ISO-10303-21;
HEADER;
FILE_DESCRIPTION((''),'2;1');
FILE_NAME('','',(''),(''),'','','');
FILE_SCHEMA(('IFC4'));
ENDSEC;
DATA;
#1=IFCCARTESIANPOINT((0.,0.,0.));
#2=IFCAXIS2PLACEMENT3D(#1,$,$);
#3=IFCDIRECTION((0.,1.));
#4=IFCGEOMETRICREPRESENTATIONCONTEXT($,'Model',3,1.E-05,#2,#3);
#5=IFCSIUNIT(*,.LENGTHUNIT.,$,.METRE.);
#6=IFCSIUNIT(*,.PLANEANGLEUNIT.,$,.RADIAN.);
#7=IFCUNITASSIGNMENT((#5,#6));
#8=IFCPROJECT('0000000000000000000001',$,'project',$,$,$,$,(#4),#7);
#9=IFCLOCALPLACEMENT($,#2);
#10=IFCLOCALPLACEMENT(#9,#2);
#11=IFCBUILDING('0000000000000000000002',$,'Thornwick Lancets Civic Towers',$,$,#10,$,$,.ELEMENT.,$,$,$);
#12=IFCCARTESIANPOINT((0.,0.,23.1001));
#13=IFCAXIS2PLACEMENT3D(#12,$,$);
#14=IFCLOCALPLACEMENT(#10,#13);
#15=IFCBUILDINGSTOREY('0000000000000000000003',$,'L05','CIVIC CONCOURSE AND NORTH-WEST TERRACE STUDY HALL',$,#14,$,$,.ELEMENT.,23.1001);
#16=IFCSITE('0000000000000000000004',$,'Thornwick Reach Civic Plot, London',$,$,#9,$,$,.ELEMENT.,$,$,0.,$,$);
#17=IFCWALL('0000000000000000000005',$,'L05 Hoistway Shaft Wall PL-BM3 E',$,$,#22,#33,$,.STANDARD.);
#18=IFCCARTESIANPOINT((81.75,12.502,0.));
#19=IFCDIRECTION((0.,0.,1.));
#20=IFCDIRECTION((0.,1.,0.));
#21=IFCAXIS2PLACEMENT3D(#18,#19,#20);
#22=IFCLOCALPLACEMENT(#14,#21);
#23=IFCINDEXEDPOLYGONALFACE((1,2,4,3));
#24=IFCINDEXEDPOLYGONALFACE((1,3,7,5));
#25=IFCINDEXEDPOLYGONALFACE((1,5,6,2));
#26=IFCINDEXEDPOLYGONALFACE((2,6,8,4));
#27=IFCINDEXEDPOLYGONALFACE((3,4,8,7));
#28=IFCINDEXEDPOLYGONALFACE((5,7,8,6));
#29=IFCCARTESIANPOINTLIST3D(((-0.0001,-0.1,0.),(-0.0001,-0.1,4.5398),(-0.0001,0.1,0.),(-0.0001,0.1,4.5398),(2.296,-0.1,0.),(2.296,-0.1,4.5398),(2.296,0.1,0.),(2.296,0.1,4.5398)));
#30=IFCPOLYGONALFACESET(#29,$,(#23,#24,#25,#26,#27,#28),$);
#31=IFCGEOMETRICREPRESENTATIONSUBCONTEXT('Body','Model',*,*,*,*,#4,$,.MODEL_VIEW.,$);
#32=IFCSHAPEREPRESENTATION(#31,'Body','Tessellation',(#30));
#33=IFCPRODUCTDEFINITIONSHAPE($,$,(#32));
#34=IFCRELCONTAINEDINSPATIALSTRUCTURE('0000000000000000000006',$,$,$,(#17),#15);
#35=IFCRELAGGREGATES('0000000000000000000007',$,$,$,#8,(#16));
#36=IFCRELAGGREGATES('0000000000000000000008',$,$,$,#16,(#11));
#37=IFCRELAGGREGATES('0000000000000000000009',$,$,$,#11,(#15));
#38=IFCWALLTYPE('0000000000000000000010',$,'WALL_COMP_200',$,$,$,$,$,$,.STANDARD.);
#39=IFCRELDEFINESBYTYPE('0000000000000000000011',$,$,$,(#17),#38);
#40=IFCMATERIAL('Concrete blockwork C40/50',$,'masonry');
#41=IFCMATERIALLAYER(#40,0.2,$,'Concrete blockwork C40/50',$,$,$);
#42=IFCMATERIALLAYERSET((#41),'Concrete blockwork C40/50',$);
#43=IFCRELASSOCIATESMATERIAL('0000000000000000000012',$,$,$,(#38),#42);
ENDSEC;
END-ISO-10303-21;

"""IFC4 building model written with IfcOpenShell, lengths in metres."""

from ifc_helpers import new_model, si_unit, direction, frame, frame_2d, origin, place, context, subcontext, project, spatial, rectangle, extrude, material, layer, layer_set, type_object, element, save


model = new_model("IFC4")

# Units and contexts
model_context = context("Model", 3, precision=1e-05, world=origin(), true_north=direction((0.0, 1.0)))
body_context = subcontext(model_context, "Body", "Model", "MODEL_VIEW")
ifc_project = project(units=[si_unit("LENGTHUNIT", "METRE"), si_unit("PLANEANGLEUNIT", "RADIAN")], contexts=[model_context])

# Site, building, storey
site_placement = place(None, origin())
site = spatial("IfcSite", under=ifc_project, at=site_placement, Name="Thornwick Reach Civic Plot, London", CompositionType="ELEMENT", RefElevation=0.0)
building_placement = place(site_placement, origin())
building = spatial("IfcBuilding", under=site, at=building_placement, Name="Thornwick Lancets Civic Towers", CompositionType="ELEMENT")
storey_placement = place(building_placement, frame((0.0, 0.0, 23.1001)))
storey = spatial("IfcBuildingStorey", under=building, at=storey_placement, Name="L05", Description="CIVIC CONCOURSE AND NORTH-WEST TERRACE STUDY HALL", CompositionType="ELEMENT", Elevation=23.1001)

# Wall
ifc_material_1 = material(Name="Concrete blockwork C40/50", Category="masonry")
ifc_layer_1 = layer(ifc_material_1, 0.2, Name="Concrete blockwork C40/50")
ifc_layer_set_1 = layer_set([ifc_layer_1], Name="Concrete blockwork C40/50")
wall_type = type_object("IfcWallType", Name="WALL_COMP_200", PredefinedType="STANDARD", material=ifc_layer_set_1)
wall_1_placement = place(storey_placement, frame((81.75, 12.502, 0.0), z_axis=(0.0, 0.0, 1.0), x_axis=(0.0, 1.0, 0.0)))
element("IfcWall", 1, at=wall_1_placement, inside=storey, type_object=wall_type, Name="L05 Hoistway Shaft Wall PL-BM3 E", PredefinedType="STANDARD", context=body_context, shape_type="SweptSolid", body=[
    extrude(rectangle(XDim=2.2961, YDim=0.2, at=frame_2d((1.1479, 0.0))), origin(), (0.0, 0.0, 1.0), 4.5398),
])

save(model, "model.ifc")
